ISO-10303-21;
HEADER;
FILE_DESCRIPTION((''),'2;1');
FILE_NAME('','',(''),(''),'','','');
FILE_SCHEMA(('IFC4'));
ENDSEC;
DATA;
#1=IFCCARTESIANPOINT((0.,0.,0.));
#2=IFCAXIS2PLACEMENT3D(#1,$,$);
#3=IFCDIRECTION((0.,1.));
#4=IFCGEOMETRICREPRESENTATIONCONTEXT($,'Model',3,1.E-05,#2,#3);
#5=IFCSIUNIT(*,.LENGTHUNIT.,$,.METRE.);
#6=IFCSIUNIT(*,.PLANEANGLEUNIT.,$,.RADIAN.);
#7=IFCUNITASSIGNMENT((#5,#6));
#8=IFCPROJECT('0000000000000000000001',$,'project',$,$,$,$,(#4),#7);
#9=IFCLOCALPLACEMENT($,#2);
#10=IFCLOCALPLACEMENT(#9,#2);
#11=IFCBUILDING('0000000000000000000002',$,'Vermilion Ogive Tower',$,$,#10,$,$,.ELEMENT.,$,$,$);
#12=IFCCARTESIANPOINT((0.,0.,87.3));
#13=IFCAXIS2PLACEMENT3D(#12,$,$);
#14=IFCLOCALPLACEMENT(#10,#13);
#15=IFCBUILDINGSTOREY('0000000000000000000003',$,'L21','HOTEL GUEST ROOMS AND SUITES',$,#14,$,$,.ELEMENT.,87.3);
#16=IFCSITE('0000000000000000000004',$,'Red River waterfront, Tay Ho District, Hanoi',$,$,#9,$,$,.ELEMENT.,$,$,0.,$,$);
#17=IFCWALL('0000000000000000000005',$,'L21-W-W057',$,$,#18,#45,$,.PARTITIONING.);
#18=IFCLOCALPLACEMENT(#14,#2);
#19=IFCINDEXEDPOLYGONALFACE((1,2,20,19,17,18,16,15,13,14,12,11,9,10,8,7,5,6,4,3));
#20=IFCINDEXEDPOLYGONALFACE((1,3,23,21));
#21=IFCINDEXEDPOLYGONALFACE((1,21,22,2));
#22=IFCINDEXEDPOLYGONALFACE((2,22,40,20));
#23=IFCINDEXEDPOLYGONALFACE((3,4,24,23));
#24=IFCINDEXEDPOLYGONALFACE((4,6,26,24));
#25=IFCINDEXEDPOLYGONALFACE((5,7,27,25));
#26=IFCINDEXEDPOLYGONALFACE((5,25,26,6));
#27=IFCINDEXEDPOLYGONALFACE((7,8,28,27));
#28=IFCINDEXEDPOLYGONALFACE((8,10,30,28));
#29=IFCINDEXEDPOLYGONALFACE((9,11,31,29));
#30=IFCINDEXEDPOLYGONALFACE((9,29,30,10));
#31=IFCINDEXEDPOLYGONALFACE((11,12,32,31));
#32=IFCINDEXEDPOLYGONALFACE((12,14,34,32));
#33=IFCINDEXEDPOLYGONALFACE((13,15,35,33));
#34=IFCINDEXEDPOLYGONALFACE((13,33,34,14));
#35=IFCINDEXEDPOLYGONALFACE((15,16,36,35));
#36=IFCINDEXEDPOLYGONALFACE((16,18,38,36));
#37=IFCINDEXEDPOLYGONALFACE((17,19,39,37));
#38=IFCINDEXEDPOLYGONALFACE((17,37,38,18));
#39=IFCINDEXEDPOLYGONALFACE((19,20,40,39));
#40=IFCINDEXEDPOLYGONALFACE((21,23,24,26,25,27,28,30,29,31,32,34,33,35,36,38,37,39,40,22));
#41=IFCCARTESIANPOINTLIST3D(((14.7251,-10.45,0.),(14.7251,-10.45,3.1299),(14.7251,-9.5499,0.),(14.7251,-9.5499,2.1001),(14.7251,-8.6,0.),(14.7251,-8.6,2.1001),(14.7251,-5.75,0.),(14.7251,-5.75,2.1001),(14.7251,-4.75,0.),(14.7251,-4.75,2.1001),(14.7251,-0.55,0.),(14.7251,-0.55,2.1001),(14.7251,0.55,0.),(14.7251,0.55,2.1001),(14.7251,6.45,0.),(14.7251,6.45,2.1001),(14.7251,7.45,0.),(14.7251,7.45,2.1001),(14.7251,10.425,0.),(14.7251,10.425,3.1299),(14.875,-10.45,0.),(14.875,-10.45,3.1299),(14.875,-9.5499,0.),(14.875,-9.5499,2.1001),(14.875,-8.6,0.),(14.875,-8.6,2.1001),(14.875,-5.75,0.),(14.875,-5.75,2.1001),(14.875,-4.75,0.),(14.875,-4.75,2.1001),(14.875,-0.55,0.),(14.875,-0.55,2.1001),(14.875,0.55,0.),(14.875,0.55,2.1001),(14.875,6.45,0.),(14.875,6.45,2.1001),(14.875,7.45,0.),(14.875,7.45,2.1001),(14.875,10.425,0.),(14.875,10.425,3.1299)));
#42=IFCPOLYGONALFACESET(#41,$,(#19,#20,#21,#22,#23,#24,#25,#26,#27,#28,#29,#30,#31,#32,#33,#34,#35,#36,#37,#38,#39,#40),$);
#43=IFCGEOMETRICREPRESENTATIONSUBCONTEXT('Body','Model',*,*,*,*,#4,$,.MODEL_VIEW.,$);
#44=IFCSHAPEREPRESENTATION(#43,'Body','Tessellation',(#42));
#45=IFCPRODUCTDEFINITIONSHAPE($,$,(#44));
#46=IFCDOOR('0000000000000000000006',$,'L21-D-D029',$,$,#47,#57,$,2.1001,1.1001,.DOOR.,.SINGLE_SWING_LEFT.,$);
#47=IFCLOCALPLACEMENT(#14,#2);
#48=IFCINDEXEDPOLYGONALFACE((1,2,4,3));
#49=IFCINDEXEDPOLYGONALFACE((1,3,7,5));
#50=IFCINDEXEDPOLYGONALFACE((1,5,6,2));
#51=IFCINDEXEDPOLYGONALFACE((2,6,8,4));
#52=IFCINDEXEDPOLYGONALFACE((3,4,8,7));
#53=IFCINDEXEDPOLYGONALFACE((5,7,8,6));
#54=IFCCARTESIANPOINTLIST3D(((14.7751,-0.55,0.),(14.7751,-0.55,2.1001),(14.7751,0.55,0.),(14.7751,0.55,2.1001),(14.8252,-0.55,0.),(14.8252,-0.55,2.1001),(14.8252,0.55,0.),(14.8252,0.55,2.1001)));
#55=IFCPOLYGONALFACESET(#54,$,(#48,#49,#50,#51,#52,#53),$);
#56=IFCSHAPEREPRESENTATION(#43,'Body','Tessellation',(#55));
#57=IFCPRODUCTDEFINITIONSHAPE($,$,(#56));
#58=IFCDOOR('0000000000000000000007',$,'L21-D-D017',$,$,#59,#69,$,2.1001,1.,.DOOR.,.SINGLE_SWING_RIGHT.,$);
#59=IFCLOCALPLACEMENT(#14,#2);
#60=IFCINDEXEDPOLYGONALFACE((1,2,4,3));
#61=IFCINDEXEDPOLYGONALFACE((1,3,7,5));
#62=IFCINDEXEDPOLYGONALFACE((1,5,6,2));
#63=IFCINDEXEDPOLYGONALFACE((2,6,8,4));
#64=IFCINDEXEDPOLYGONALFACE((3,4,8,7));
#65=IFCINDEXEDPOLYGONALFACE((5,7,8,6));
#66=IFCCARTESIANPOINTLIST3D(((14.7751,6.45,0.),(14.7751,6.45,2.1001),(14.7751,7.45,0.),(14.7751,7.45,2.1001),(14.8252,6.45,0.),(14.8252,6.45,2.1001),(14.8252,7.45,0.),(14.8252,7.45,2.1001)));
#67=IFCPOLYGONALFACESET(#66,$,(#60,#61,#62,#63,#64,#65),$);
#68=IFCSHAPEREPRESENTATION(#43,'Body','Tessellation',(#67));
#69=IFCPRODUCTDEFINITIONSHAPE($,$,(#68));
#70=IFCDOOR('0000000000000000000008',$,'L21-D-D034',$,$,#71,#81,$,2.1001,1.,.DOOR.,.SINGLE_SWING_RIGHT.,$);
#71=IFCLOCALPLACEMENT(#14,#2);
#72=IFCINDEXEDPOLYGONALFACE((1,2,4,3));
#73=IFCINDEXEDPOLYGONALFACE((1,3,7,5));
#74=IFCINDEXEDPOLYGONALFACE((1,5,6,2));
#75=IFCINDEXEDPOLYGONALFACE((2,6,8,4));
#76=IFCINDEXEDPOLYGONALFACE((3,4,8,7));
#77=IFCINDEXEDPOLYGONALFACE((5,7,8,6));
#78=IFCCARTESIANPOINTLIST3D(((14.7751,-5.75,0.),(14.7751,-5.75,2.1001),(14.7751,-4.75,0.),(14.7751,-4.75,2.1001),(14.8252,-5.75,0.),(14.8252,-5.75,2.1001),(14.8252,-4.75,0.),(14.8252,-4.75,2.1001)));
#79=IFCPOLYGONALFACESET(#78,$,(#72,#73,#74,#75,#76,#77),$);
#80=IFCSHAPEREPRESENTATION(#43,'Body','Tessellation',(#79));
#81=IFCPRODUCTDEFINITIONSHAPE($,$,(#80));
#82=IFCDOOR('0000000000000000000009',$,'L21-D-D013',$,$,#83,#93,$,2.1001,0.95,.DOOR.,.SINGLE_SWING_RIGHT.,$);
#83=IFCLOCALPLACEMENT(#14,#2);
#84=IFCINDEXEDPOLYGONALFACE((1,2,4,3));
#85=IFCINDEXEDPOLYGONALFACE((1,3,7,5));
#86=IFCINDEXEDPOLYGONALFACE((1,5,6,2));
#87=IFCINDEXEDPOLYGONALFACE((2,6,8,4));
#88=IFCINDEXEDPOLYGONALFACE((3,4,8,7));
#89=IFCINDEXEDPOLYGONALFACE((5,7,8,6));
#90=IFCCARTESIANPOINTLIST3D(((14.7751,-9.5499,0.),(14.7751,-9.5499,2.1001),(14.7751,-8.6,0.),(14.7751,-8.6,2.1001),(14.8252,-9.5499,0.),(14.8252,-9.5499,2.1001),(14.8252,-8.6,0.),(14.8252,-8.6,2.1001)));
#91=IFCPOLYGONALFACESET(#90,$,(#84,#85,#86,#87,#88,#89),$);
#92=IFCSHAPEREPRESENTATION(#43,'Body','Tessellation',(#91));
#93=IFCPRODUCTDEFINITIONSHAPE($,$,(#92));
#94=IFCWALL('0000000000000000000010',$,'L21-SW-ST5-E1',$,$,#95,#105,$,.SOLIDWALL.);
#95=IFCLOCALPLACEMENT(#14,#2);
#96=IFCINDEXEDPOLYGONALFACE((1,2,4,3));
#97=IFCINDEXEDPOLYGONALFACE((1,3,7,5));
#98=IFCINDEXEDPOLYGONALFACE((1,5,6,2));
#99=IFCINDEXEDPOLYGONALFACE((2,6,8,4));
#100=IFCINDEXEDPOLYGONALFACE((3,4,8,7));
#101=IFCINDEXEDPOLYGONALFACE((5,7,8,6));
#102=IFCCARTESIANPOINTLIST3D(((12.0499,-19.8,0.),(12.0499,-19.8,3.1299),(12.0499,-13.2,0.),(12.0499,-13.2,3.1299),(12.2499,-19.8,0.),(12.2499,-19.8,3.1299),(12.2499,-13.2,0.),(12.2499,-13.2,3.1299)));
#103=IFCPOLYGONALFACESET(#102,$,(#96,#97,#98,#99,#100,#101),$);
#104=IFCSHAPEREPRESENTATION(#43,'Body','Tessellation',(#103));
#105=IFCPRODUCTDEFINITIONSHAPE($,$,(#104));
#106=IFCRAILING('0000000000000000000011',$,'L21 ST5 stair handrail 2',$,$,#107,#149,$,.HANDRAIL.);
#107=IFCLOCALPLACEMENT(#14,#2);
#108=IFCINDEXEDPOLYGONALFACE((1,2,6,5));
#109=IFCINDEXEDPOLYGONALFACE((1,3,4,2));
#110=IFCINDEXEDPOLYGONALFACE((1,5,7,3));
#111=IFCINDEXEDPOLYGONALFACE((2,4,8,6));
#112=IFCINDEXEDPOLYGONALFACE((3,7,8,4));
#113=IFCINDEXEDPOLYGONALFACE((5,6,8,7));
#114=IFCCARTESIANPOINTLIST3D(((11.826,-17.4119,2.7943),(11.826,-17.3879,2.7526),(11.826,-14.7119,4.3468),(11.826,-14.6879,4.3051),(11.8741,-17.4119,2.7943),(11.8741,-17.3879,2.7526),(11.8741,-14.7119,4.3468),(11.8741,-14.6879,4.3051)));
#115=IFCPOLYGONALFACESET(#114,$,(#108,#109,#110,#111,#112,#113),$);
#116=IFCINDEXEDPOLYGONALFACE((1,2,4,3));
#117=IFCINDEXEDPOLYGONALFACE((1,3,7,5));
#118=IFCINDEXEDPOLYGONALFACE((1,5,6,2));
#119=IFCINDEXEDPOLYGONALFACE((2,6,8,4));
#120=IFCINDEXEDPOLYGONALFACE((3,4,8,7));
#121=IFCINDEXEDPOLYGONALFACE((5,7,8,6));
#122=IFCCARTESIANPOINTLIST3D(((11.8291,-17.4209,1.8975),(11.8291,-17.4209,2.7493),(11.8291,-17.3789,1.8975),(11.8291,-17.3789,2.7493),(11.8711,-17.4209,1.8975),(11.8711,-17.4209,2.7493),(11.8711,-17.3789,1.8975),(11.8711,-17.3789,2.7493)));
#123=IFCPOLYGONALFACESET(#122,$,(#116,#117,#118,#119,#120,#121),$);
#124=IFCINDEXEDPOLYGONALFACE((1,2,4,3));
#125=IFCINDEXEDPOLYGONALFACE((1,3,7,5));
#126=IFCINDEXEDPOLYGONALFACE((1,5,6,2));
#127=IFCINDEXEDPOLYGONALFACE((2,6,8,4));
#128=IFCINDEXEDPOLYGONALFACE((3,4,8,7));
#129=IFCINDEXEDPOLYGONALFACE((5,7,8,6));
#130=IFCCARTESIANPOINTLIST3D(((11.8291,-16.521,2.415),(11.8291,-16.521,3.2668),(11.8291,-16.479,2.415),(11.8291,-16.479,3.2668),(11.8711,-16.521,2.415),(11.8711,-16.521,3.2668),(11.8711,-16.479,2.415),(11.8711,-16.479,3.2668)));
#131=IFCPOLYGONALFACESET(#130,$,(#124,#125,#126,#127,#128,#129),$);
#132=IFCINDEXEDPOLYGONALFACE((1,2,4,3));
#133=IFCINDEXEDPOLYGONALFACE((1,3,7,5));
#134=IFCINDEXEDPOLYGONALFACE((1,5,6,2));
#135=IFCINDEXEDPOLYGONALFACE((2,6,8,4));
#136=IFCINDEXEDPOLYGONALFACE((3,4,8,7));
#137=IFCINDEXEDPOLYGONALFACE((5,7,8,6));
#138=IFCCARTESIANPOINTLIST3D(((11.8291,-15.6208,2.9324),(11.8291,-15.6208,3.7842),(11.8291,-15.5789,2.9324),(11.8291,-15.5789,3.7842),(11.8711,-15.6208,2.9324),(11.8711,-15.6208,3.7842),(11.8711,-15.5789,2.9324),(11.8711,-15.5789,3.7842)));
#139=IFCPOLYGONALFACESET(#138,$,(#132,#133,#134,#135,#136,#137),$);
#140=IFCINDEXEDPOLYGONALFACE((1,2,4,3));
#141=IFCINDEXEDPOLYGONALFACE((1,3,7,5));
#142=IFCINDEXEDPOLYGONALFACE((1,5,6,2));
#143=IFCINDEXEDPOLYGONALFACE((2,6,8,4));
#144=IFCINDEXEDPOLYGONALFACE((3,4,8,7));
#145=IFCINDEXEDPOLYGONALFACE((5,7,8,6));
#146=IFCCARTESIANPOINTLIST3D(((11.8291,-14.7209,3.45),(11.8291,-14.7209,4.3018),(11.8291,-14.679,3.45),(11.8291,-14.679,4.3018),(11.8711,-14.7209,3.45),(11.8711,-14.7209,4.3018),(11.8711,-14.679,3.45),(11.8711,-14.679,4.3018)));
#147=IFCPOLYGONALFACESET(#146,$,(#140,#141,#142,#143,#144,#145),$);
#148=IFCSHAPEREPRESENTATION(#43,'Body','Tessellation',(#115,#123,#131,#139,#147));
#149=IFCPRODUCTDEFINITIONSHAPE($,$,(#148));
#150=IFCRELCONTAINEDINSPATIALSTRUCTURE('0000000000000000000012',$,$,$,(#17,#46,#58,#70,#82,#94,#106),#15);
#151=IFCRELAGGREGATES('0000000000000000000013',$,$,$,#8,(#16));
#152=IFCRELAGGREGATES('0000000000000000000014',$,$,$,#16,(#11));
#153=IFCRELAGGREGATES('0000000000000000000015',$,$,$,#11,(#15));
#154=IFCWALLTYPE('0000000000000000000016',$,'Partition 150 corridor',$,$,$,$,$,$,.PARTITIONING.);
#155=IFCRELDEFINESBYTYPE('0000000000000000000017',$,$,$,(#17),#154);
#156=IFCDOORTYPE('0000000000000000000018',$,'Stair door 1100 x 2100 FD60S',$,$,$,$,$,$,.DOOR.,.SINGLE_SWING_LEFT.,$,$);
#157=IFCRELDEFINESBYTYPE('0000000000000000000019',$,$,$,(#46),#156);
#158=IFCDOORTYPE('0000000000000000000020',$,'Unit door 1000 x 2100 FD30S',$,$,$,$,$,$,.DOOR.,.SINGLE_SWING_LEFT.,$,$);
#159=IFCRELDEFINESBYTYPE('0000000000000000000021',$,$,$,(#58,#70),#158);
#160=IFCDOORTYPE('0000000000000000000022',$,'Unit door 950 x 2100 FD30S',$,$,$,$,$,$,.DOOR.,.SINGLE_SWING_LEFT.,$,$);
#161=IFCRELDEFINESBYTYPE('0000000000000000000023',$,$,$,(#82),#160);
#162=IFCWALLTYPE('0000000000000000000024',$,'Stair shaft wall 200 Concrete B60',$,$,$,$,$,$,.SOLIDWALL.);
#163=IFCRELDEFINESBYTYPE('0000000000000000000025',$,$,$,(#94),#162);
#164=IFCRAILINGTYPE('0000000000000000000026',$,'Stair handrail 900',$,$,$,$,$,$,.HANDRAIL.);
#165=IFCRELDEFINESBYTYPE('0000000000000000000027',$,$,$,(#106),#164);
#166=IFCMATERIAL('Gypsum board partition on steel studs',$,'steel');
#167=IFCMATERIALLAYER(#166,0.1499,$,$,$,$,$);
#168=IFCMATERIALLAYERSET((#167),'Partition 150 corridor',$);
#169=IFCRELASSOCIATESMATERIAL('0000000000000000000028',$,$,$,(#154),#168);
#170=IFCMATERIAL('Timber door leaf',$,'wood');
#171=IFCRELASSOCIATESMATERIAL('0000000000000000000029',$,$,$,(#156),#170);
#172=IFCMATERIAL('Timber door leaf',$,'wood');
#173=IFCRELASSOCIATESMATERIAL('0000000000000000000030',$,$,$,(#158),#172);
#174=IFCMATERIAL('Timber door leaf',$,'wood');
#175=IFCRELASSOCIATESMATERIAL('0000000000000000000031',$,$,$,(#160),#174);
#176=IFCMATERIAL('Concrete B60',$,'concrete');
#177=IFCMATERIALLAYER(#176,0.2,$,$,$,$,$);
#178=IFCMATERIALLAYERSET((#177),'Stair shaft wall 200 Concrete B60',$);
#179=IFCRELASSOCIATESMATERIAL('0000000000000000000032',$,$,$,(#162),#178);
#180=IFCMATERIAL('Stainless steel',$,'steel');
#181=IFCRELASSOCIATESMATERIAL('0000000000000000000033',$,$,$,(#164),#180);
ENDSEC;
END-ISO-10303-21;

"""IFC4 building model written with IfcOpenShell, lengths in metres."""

from ifc_helpers import new_model, si_unit, direction, frame, frame_2d, origin, origin_2d, place, context, subcontext, project, spatial, rectangle, extrude, material, layer, layer_set, type_object, element, fill, save


model = new_model("IFC4")

# Units and contexts
model_context = context("Model", 3, precision=1e-05, world=origin(), true_north=direction((0.0, 1.0)))
body_context = subcontext(model_context, "Body", "Model", "MODEL_VIEW")
ifc_project = project(units=[si_unit("LENGTHUNIT", "METRE"), si_unit("PLANEANGLEUNIT", "RADIAN")], contexts=[model_context])

# Site, building, storey
site_placement = place(None, origin())
site = spatial("IfcSite", under=ifc_project, at=site_placement, Name="Red River waterfront, Tay Ho District, Hanoi", CompositionType="ELEMENT", RefElevation=0.0)
building_placement = place(site_placement, origin())
building = spatial("IfcBuilding", under=site, at=building_placement, Name="Vermilion Ogive Tower", CompositionType="ELEMENT")
storey_placement = place(building_placement, frame((0.0, 0.0, 87.3)))
storey = spatial("IfcBuildingStorey", under=building, at=storey_placement, Name="L21", Description="HOTEL GUEST ROOMS AND SUITES", CompositionType="ELEMENT", Elevation=87.3)

# Wall, openings, doors
ifc_material_1 = material(Name="Gypsum board partition on steel studs", Category="steel")
ifc_layer_1 = layer(ifc_material_1, 0.1499)
ifc_layer_set_1 = layer_set([ifc_layer_1], Name="Partition 150 corridor")
wall_type_1 = type_object("IfcWallType", Name="Partition 150 corridor", PredefinedType="PARTITIONING", material=ifc_layer_set_1)
wall_1_placement = place(storey_placement, frame((14.8, -10.45, 0.0), z_axis=(0.0, 0.0, 1.0), x_axis=(0.0, 1.0, 0.0)))
wall_1 = element("IfcWall", 1, at=wall_1_placement, inside=storey, type_object=wall_type_1, Name="L21-W-W057", PredefinedType="PARTITIONING", context=body_context, shape_type="SweptSolid", body=[
    extrude(rectangle(XDim=20.875, YDim=0.1499, at=frame_2d((10.4375, 0.0))), origin(), (0.0, 0.0, 1.0), 3.1299),
])
opening_1_placement = place(wall_1_placement, frame((0.8999, 0.0, 0.0)))
opening_1 = element("IfcOpeningElement", 2, at=opening_1_placement, cuts=wall_1, PredefinedType="OPENING", context=body_context, shape_type="SweptSolid", body=[
    extrude(rectangle(XDim=0.95, YDim=2.1001, at=frame_2d((0.4751, 1.05))), frame((0.0, 0.085, 0.0), z_axis=(0.0, -1.0, 0.0), x_axis=(1.0, 0.0, 0.0)), (0.0, 0.0, 1.0), 0.1699),
])
opening_2_placement = place(wall_1_placement, frame((16.8999, 0.0, 0.0)))
opening_2 = element("IfcOpeningElement", 3, at=opening_2_placement, cuts=wall_1, PredefinedType="OPENING", context=body_context, shape_type="SweptSolid", body=[
    extrude(rectangle(XDim=1.0, YDim=2.1001, at=frame_2d((0.5, 1.05))), frame((0.0, 0.085, 0.0), z_axis=(0.0, -1.0, 0.0), x_axis=(1.0, 0.0, 0.0)), (0.0, 0.0, 1.0), 0.1699),
])
opening_3_placement = place(wall_1_placement, frame((9.8999, 0.0, 0.0)))
opening_3 = element("IfcOpeningElement", 4, at=opening_3_placement, cuts=wall_1, PredefinedType="OPENING", context=body_context, shape_type="SweptSolid", body=[
    extrude(rectangle(XDim=1.1001, YDim=2.1001, at=frame_2d((0.55, 1.05))), frame((0.0, 0.085, 0.0), z_axis=(0.0, -1.0, 0.0), x_axis=(1.0, 0.0, 0.0)), (0.0, 0.0, 1.0), 0.1699),
])
opening_4_placement = place(wall_1_placement, frame((4.7, 0.0, 0.0)))
opening_4 = element("IfcOpeningElement", 5, at=opening_4_placement, cuts=wall_1, PredefinedType="OPENING", context=body_context, shape_type="SweptSolid", body=[
    extrude(rectangle(XDim=1.0, YDim=2.1001, at=frame_2d((0.5, 1.05))), frame((0.0, 0.085, 0.0), z_axis=(0.0, -1.0, 0.0), x_axis=(1.0, 0.0, 0.0)), (0.0, 0.0, 1.0), 0.1699),
])
ifc_material_2 = material(Name="Timber door leaf", Category="wood")
door_type_1 = type_object("IfcDoorType", Name="Stair door 1100 x 2100 FD60S", OperationType="SINGLE_SWING_LEFT", PredefinedType="DOOR", material=ifc_material_2)
door_1_placement = place(opening_3_placement, origin())
door_1 = element("IfcDoor", 6, at=door_1_placement, inside=storey, type_object=door_type_1, Name="L21-D-D029", OperationType="SINGLE_SWING_LEFT", OverallHeight=2.1001, OverallWidth=1.1001, PredefinedType="DOOR", context=body_context, shape_type="SweptSolid", body=[
    extrude(rectangle(XDim=1.1001, YDim=2.1001, at=frame_2d((0.55, 1.05))), frame((0.0, 0.0249, 0.0), z_axis=(0.0, -1.0, 0.0), x_axis=(1.0, 0.0, 0.0)), (0.0, 0.0, 1.0), 0.05),
])
fill(opening_3, door_1)
ifc_material_3 = material(Name="Timber door leaf", Category="wood")
door_type_2 = type_object("IfcDoorType", Name="Unit door 1000 x 2100 FD30S", OperationType="SINGLE_SWING_LEFT", PredefinedType="DOOR", material=ifc_material_3)
door_2_placement = place(opening_2_placement, origin())
door_2 = element("IfcDoor", 7, at=door_2_placement, inside=storey, type_object=door_type_2, Name="L21-D-D017", OperationType="SINGLE_SWING_RIGHT", OverallHeight=2.1001, OverallWidth=1.0, PredefinedType="DOOR", context=body_context, shape_type="SweptSolid", body=[
    extrude(rectangle(XDim=1.0, YDim=2.1001, at=frame_2d((0.5, 1.05))), frame((0.0, 0.0249, 0.0), z_axis=(0.0, -1.0, 0.0), x_axis=(1.0, 0.0, 0.0)), (0.0, 0.0, 1.0), 0.05),
])
fill(opening_2, door_2)
door_3_placement = place(opening_4_placement, origin())
door_3 = element("IfcDoor", 8, at=door_3_placement, inside=storey, type_object=door_type_2, Name="L21-D-D034", OperationType="SINGLE_SWING_RIGHT", OverallHeight=2.1001, OverallWidth=1.0, PredefinedType="DOOR", context=body_context, shape_type="SweptSolid", body=[
    extrude(rectangle(XDim=1.0, YDim=2.1001, at=frame_2d((0.5, 1.05))), frame((0.0, 0.0249, 0.0), z_axis=(0.0, -1.0, 0.0), x_axis=(1.0, 0.0, 0.0)), (0.0, 0.0, 1.0), 0.05),
])
fill(opening_4, door_3)
ifc_material_4 = material(Name="Timber door leaf", Category="wood")
door_type_3 = type_object("IfcDoorType", Name="Unit door 950 x 2100 FD30S", OperationType="SINGLE_SWING_LEFT", PredefinedType="DOOR", material=ifc_material_4)
door_4_placement = place(opening_1_placement, origin())
door_4 = element("IfcDoor", 9, at=door_4_placement, inside=storey, type_object=door_type_3, Name="L21-D-D013", OperationType="SINGLE_SWING_RIGHT", OverallHeight=2.1001, OverallWidth=0.95, PredefinedType="DOOR", context=body_context, shape_type="SweptSolid", body=[
    extrude(rectangle(XDim=0.95, YDim=2.1001, at=frame_2d((0.4751, 1.05))), frame((0.0, 0.0249, 0.0), z_axis=(0.0, -1.0, 0.0), x_axis=(1.0, 0.0, 0.0)), (0.0, 0.0, 1.0), 0.05),
])
fill(opening_1, door_4)

# Wall
ifc_material_5 = material(Name="Concrete B60", Category="concrete")
ifc_layer_2 = layer(ifc_material_5, 0.2)
ifc_layer_set_2 = layer_set([ifc_layer_2], Name="Stair shaft wall 200 Concrete B60")
wall_type_2 = type_object("IfcWallType", Name="Stair shaft wall 200 Concrete B60", PredefinedType="SOLIDWALL", material=ifc_layer_set_2)
wall_2_placement = place(storey_placement, frame((12.1499, -19.8, 0.0), z_axis=(0.0, 0.0, 1.0), x_axis=(0.0, 1.0, 0.0)))
element("IfcWall", 10, at=wall_2_placement, inside=storey, type_object=wall_type_2, Name="L21-SW-ST5-E1", PredefinedType="SOLIDWALL", context=body_context, shape_type="SweptSolid", body=[
    extrude(rectangle(XDim=6.6001, YDim=0.2, at=frame_2d((3.3, 0.0))), origin(), (0.0, 0.0, 1.0), 3.1299),
])

# Railing
ifc_material_6 = material(Name="Stainless steel", Category="steel")
railing_type = type_object("IfcRailingType", Name="Stair handrail 900", PredefinedType="HANDRAIL", material=ifc_material_6)
railing_placement = place(storey_placement, frame((11.8501, -17.3999, 1.8975)))
element("IfcRailing", 11, at=railing_placement, inside=storey, type_object=railing_type, Name="L21 ST5 stair handrail 2", PredefinedType="HANDRAIL", context=body_context, shape_type="SweptSolid", body=[
    extrude(rectangle(XDim=0.0481, YDim=0.0481, at=origin_2d()), frame((0.0, 0.0, 0.876), z_axis=(0.0, 0.866904, 0.498476), x_axis=(-1.0, 0.0, 0.0)), (0.0, 0.0, 1.0), 3.1145),
    extrude(rectangle(XDim=0.042, YDim=0.042, at=origin_2d()), origin(), (0.0, 0.0, 1.0), 0.8518),
    extrude(rectangle(XDim=0.042, YDim=0.042, at=origin_2d()), frame((0.0, 0.8999, 0.5176)), (0.0, 0.0, 1.0), 0.8518),
    extrude(rectangle(XDim=0.042, YDim=0.042, at=origin_2d()), frame((0.0, 1.8, 1.0349)), (0.0, 0.0, 1.0), 0.8518),
    extrude(rectangle(XDim=0.042, YDim=0.042, at=origin_2d()), frame((0.0, 2.7, 1.5525)), (0.0, 0.0, 1.0), 0.8518),
])

save(model, "model.ifc")
